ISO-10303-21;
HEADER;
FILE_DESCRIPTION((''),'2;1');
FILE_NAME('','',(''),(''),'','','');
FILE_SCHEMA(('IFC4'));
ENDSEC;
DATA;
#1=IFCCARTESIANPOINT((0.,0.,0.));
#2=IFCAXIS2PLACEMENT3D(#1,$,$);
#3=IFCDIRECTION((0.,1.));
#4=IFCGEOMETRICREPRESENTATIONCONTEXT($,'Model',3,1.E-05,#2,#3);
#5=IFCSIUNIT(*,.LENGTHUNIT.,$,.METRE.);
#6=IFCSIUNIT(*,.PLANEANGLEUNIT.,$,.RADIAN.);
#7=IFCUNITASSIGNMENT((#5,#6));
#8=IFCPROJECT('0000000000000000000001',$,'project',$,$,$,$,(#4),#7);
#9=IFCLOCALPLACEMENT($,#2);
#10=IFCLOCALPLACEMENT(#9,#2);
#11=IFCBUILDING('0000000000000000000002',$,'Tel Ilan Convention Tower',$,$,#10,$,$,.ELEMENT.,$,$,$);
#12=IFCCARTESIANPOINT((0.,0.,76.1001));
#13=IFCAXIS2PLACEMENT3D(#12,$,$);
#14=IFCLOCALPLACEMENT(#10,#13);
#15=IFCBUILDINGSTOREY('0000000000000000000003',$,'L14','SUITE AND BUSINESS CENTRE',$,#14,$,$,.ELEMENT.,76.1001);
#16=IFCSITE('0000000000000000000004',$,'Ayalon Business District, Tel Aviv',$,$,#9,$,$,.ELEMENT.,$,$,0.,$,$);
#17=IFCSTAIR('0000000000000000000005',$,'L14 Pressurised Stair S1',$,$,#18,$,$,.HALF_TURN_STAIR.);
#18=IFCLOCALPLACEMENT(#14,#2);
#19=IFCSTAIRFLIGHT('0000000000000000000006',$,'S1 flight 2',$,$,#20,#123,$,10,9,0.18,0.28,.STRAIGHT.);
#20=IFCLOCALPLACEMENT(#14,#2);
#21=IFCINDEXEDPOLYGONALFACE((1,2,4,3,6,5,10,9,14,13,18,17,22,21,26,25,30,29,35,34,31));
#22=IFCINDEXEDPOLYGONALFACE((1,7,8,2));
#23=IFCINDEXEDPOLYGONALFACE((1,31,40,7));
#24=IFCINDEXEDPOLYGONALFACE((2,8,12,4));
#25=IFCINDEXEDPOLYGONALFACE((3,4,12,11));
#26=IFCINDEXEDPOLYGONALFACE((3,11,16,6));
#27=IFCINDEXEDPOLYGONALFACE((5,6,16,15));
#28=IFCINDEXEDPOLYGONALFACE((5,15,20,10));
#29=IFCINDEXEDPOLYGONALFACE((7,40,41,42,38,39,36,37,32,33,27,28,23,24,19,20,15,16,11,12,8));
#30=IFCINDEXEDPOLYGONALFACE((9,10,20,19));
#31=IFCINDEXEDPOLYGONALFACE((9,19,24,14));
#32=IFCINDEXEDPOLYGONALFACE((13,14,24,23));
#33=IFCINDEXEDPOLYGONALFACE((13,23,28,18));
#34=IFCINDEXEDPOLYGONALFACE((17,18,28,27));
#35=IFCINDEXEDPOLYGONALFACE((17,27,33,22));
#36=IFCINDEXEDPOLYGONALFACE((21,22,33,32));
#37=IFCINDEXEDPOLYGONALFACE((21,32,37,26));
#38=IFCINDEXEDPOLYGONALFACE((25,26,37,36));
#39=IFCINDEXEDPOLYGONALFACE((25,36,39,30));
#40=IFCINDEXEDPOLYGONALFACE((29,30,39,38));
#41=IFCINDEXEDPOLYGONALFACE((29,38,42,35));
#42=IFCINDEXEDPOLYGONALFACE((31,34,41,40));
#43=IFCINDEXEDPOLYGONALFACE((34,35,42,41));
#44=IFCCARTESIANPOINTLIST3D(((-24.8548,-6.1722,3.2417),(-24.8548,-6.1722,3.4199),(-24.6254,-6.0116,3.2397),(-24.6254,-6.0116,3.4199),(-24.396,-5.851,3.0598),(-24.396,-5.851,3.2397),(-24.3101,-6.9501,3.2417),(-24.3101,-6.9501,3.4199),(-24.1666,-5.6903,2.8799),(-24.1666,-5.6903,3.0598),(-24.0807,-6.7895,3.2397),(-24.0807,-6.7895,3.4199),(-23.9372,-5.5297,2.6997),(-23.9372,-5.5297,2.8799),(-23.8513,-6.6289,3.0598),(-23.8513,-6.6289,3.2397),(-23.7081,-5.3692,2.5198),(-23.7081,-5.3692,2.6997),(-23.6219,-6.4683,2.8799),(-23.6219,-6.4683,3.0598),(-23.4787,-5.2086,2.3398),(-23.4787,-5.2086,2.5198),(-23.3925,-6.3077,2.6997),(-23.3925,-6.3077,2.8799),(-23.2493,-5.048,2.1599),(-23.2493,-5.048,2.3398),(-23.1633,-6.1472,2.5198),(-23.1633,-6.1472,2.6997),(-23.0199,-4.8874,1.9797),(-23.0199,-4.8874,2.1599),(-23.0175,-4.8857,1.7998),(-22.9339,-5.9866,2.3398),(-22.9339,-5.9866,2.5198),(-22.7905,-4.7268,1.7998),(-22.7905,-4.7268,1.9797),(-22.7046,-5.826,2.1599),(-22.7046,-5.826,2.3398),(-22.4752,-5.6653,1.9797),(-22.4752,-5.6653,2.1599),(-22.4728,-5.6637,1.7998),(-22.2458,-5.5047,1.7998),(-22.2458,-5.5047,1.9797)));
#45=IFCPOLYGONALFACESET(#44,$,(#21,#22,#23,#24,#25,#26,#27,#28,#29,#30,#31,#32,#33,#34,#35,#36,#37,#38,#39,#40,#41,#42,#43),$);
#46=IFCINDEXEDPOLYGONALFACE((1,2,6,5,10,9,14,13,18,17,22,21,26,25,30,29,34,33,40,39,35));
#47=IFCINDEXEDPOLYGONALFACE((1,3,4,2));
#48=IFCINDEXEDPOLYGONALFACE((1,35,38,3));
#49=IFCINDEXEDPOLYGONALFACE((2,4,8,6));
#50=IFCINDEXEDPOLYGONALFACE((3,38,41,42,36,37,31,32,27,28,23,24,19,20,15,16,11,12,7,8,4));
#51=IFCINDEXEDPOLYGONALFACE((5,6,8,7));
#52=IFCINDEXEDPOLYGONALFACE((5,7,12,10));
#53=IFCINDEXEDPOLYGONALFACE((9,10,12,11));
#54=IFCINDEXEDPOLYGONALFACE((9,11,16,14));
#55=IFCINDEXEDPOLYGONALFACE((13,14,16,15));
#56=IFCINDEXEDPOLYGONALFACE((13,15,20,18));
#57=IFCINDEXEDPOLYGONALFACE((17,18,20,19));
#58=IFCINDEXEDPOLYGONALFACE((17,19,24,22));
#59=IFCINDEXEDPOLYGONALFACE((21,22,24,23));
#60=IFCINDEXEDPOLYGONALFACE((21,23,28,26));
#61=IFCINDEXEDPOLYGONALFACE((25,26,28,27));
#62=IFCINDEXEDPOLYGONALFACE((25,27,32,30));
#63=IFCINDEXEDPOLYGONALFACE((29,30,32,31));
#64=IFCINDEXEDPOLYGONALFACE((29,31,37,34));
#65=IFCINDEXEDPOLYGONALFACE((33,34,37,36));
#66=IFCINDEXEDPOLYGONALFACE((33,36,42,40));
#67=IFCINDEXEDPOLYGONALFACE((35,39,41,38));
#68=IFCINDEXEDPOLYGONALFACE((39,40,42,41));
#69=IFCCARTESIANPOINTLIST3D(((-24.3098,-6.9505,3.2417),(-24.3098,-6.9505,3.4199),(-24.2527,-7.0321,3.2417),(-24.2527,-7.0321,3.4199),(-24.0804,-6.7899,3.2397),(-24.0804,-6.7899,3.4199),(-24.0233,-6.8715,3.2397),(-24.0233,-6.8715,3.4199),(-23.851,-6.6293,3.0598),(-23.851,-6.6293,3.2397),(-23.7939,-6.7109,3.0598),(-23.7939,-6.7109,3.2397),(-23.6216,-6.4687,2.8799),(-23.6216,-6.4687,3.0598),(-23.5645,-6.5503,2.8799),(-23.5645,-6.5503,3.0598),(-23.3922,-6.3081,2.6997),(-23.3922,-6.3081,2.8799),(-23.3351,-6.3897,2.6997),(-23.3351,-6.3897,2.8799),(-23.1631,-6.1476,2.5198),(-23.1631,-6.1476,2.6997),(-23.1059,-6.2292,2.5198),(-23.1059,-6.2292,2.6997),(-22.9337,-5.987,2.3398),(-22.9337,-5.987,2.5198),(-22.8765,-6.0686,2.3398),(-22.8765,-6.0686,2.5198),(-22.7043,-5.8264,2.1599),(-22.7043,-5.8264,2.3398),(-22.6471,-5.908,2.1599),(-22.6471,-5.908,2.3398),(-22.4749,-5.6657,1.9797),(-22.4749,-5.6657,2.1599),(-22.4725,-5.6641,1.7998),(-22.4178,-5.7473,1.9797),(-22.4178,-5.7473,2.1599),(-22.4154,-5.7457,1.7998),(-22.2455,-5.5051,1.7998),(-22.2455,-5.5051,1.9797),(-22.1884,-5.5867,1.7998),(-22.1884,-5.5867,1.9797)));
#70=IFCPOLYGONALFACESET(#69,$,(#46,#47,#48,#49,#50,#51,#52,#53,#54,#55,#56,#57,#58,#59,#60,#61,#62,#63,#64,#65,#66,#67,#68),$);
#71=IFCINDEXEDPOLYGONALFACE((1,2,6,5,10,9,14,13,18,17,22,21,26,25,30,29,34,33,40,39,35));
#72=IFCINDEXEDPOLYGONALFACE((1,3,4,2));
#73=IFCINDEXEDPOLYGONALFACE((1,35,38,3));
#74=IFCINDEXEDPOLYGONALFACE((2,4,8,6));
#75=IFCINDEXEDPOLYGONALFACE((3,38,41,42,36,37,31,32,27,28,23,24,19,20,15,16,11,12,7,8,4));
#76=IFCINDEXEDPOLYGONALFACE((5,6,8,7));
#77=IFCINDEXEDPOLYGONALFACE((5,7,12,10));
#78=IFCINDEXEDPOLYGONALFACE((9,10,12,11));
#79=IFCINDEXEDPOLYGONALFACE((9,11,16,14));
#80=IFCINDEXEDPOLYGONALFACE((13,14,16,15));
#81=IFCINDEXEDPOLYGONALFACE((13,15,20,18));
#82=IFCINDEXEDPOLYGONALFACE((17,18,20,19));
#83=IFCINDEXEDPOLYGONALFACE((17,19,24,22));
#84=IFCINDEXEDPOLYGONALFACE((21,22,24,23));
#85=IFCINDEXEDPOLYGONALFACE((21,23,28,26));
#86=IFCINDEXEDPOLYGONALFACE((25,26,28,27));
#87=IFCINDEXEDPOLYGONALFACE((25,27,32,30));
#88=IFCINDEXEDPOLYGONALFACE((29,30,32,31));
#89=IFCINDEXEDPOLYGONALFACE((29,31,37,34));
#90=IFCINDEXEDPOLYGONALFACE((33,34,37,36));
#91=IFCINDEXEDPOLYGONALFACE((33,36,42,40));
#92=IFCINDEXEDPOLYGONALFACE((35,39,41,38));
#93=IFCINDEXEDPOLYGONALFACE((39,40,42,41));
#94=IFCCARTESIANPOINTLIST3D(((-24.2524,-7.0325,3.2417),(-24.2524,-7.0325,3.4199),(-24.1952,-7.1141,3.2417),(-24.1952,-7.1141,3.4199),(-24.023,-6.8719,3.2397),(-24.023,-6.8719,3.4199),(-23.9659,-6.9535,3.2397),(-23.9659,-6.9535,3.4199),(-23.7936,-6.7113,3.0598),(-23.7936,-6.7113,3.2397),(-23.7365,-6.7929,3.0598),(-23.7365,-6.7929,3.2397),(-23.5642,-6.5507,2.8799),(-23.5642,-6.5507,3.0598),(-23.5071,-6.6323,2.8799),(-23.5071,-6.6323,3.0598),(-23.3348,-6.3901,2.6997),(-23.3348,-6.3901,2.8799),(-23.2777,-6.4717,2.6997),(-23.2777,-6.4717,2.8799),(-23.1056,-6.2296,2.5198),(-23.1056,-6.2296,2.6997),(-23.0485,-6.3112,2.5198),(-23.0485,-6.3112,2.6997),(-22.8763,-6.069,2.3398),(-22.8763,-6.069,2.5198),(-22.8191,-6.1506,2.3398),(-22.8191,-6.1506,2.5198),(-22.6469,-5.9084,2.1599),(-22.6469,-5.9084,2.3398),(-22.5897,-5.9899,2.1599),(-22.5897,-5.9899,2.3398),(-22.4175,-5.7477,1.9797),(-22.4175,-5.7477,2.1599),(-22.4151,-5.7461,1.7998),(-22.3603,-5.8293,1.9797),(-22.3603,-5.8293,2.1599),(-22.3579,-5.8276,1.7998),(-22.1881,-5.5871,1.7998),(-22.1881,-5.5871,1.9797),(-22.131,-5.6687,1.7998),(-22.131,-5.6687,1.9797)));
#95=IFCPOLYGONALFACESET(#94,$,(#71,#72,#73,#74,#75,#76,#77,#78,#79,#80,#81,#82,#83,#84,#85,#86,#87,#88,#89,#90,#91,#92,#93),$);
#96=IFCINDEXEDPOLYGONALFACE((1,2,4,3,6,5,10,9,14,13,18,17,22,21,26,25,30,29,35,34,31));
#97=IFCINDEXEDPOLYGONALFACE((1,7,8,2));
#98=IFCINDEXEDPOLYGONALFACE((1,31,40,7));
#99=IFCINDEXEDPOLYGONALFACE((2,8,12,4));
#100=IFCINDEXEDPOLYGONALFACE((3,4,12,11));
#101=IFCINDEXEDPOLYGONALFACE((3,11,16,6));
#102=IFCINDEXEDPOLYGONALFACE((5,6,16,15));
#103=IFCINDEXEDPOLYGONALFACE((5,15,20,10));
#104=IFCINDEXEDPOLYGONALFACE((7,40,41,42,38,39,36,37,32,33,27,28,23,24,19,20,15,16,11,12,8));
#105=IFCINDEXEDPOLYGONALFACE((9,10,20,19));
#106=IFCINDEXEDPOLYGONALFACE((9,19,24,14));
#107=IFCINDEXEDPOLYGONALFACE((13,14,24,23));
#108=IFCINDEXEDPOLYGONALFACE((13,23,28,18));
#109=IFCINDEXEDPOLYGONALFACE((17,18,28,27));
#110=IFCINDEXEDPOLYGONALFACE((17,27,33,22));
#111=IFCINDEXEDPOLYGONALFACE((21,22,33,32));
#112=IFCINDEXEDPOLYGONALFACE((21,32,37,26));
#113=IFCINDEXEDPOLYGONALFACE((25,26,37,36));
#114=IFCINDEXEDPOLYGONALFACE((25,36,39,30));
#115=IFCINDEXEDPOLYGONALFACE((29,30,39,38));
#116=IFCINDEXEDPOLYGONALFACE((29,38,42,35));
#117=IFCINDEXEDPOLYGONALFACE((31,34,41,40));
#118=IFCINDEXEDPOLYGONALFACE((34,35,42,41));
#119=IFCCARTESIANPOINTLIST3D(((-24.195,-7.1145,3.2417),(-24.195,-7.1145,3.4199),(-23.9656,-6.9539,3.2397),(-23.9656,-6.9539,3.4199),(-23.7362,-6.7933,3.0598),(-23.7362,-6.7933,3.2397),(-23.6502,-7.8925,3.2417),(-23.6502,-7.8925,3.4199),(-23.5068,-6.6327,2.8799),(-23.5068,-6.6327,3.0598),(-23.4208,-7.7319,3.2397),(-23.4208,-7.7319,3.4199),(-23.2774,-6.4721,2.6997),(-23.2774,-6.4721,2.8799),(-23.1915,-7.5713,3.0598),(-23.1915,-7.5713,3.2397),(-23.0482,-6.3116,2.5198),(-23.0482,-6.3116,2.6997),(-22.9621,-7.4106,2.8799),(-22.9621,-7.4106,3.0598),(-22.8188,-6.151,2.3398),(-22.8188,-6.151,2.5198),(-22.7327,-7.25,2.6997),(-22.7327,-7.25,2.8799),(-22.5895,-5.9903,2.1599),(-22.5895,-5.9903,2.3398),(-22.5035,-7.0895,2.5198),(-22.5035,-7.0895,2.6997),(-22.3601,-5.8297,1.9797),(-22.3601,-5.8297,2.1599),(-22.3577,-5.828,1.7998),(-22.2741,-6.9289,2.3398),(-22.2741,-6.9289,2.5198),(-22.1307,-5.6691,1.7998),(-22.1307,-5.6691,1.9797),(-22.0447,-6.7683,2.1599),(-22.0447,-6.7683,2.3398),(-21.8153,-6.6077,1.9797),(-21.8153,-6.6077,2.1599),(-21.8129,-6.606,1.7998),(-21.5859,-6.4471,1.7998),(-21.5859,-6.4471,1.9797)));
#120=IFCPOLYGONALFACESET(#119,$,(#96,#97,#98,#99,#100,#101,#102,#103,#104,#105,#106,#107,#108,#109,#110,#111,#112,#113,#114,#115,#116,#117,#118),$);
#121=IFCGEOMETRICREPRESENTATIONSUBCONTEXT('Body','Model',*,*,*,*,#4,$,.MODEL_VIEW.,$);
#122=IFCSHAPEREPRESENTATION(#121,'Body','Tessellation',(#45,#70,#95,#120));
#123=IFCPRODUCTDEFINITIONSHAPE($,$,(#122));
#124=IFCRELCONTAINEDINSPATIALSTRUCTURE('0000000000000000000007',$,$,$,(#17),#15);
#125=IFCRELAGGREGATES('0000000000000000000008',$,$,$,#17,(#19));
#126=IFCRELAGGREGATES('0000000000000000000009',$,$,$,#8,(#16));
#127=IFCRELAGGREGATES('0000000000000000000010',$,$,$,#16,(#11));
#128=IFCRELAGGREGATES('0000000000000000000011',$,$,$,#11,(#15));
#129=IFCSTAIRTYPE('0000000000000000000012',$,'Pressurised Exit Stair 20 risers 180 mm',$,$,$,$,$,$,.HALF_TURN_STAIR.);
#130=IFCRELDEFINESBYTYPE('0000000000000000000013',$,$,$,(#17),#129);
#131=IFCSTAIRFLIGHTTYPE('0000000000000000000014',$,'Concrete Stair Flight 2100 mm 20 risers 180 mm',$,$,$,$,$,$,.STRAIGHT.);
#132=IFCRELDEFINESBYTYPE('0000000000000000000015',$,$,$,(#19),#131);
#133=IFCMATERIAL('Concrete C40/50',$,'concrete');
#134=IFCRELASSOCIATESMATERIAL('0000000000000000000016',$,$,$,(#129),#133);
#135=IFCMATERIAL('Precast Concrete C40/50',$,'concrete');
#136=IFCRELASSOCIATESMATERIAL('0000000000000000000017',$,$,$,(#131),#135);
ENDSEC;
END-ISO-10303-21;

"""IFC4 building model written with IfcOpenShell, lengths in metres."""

from ifc_helpers import new_model, si_unit, direction, frame, origin, place, context, subcontext, project, spatial, polyline, outline, extrude, material, type_object, element, aggregate, save


model = new_model("IFC4")

# Units and contexts
model_context = context("Model", 3, precision=1e-05, world=origin(), true_north=direction((0.0, 1.0)))
body_context = subcontext(model_context, "Body", "Model", "MODEL_VIEW")
ifc_project = project(units=[si_unit("LENGTHUNIT", "METRE"), si_unit("PLANEANGLEUNIT", "RADIAN")], contexts=[model_context])

# Site, building, storey
site_placement = place(None, origin())
site = spatial("IfcSite", under=ifc_project, at=site_placement, Name="Ayalon Business District, Tel Aviv", CompositionType="ELEMENT", RefElevation=0.0)
building_placement = place(site_placement, origin())
building = spatial("IfcBuilding", under=site, at=building_placement, Name="Tel Ilan Convention Tower", CompositionType="ELEMENT")
storey_placement = place(building_placement, frame((0.0, 0.0, 76.1001)))
storey = spatial("IfcBuildingStorey", under=building, at=storey_placement, Name="L14", Description="SUITE AND BUSINESS CENTRE", CompositionType="ELEMENT", Elevation=76.1001)

# Stair, stair flight
ifc_material_1 = material(Name="Concrete C40/50", Category="concrete")
stair_type = type_object("IfcStairType", Name="Pressurised Exit Stair 20 risers 180 mm", PredefinedType="HALF_TURN_STAIR", material=ifc_material_1)
stair_1_placement = place(storey_placement, origin())
stair_1 = element("IfcStair", 1, at=stair_1_placement, inside=storey, type_object=stair_type, Name="L14 Pressurised Stair S1", PredefinedType="HALF_TURN_STAIR")
ifc_material_2 = material(Name="Precast Concrete C40/50", Category="concrete")
stair_flight_type = type_object("IfcStairFlightType", Name="Concrete Stair Flight 2100 mm 20 risers 180 mm", PredefinedType="STRAIGHT", material=ifc_material_2)
stair_flight_1_placement = place(storey_placement, frame((-22.1882, -5.5869, 1.7998), z_axis=(0.0, 0.0, 1.0), x_axis=(-0.819152, -0.573576, 0.0)))
stair_flight_1 = element("IfcStairFlight", 2, at=stair_flight_1_placement, type_object=stair_flight_type, Name="S1 flight 2", NumberOfRisers=10, NumberOfTreads=9, PredefinedType="STRAIGHT", RiserHeight=0.18, TreadLength=0.28, context=body_context, shape_type="SweptSolid", body=[
    extrude(outline(polyline([(0.0, 0.0), (0.0, 0.1799), (0.28, 0.1799), (0.28, 0.3601), (0.5601, 0.3601), (0.5601, 0.54), (0.8401, 0.54), (0.8401, 0.72), (1.1201, 0.72), (1.1201, 0.8999), (1.3999, 0.8999), (1.3999, 1.0801), (1.6799, 1.0801), (1.6799, 1.26), (1.96, 1.26), (1.96, 1.4399), (2.24, 1.4399), (2.24, 1.6201), (2.52, 1.6201), (2.52, 1.8), (2.52, 1.4419), (0.2771, 0.0), (0.0, 0.0)])), frame((0.0, -0.1003, 0.0), z_axis=(0.0, -1.0, 0.0), x_axis=(1.0, 0.0, 0.0)), (0.0, 0.0, 1.0), 0.9497),
    extrude(outline(polyline([(0.0, 0.0), (0.0, 0.1799), (0.28, 0.1799), (0.28, 0.3601), (0.5601, 0.3601), (0.5601, 0.54), (0.8401, 0.54), (0.8401, 0.72), (1.1201, 0.72), (1.1201, 0.8999), (1.3999, 0.8999), (1.3999, 1.0801), (1.6799, 1.0801), (1.6799, 1.26), (1.96, 1.26), (1.96, 1.4399), (2.24, 1.4399), (2.24, 1.6201), (2.52, 1.6201), (2.52, 1.8), (2.52, 1.4419), (0.2771, 0.0), (0.0, 0.0)])), frame((0.0, -0.0002, 0.0), z_axis=(0.0, -1.0, 0.0), x_axis=(1.0, 0.0, 0.0)), (0.0, 0.0, 1.0), 0.0996),
    extrude(outline(polyline([(0.0, 0.0), (0.0, 0.1799), (0.28, 0.1799), (0.28, 0.3601), (0.5601, 0.3601), (0.5601, 0.54), (0.8401, 0.54), (0.8401, 0.72), (1.1201, 0.72), (1.1201, 0.8999), (1.3999, 0.8999), (1.3999, 1.0801), (1.6799, 1.0801), (1.6799, 1.26), (1.96, 1.26), (1.96, 1.4399), (2.24, 1.4399), (2.24, 1.6201), (2.52, 1.6201), (2.52, 1.8), (2.52, 1.4419), (0.2771, 0.0), (0.0, 0.0)])), frame((0.0, 0.0999, 0.0), z_axis=(0.0, -1.0, 0.0), x_axis=(1.0, 0.0, 0.0)), (0.0, 0.0, 1.0), 0.0996),
    extrude(outline(polyline([(0.0, 0.0), (0.0, 0.1799), (0.28, 0.1799), (0.28, 0.3601), (0.5601, 0.3601), (0.5601, 0.54), (0.8401, 0.54), (0.8401, 0.72), (1.1201, 0.72), (1.1201, 0.8999), (1.3999, 0.8999), (1.3999, 1.0801), (1.6799, 1.0801), (1.6799, 1.26), (1.96, 1.26), (1.96, 1.4399), (2.24, 1.4399), (2.24, 1.6201), (2.52, 1.6201), (2.52, 1.8), (2.52, 1.4419), (0.2771, 0.0), (0.0, 0.0)])), frame((0.0, 1.05, 0.0), z_axis=(0.0, -1.0, 0.0), x_axis=(1.0, 0.0, 0.0)), (0.0, 0.0, 1.0), 0.9497),
])
aggregate(stair_1, [stair_flight_1])

save(model, "model.ifc")
